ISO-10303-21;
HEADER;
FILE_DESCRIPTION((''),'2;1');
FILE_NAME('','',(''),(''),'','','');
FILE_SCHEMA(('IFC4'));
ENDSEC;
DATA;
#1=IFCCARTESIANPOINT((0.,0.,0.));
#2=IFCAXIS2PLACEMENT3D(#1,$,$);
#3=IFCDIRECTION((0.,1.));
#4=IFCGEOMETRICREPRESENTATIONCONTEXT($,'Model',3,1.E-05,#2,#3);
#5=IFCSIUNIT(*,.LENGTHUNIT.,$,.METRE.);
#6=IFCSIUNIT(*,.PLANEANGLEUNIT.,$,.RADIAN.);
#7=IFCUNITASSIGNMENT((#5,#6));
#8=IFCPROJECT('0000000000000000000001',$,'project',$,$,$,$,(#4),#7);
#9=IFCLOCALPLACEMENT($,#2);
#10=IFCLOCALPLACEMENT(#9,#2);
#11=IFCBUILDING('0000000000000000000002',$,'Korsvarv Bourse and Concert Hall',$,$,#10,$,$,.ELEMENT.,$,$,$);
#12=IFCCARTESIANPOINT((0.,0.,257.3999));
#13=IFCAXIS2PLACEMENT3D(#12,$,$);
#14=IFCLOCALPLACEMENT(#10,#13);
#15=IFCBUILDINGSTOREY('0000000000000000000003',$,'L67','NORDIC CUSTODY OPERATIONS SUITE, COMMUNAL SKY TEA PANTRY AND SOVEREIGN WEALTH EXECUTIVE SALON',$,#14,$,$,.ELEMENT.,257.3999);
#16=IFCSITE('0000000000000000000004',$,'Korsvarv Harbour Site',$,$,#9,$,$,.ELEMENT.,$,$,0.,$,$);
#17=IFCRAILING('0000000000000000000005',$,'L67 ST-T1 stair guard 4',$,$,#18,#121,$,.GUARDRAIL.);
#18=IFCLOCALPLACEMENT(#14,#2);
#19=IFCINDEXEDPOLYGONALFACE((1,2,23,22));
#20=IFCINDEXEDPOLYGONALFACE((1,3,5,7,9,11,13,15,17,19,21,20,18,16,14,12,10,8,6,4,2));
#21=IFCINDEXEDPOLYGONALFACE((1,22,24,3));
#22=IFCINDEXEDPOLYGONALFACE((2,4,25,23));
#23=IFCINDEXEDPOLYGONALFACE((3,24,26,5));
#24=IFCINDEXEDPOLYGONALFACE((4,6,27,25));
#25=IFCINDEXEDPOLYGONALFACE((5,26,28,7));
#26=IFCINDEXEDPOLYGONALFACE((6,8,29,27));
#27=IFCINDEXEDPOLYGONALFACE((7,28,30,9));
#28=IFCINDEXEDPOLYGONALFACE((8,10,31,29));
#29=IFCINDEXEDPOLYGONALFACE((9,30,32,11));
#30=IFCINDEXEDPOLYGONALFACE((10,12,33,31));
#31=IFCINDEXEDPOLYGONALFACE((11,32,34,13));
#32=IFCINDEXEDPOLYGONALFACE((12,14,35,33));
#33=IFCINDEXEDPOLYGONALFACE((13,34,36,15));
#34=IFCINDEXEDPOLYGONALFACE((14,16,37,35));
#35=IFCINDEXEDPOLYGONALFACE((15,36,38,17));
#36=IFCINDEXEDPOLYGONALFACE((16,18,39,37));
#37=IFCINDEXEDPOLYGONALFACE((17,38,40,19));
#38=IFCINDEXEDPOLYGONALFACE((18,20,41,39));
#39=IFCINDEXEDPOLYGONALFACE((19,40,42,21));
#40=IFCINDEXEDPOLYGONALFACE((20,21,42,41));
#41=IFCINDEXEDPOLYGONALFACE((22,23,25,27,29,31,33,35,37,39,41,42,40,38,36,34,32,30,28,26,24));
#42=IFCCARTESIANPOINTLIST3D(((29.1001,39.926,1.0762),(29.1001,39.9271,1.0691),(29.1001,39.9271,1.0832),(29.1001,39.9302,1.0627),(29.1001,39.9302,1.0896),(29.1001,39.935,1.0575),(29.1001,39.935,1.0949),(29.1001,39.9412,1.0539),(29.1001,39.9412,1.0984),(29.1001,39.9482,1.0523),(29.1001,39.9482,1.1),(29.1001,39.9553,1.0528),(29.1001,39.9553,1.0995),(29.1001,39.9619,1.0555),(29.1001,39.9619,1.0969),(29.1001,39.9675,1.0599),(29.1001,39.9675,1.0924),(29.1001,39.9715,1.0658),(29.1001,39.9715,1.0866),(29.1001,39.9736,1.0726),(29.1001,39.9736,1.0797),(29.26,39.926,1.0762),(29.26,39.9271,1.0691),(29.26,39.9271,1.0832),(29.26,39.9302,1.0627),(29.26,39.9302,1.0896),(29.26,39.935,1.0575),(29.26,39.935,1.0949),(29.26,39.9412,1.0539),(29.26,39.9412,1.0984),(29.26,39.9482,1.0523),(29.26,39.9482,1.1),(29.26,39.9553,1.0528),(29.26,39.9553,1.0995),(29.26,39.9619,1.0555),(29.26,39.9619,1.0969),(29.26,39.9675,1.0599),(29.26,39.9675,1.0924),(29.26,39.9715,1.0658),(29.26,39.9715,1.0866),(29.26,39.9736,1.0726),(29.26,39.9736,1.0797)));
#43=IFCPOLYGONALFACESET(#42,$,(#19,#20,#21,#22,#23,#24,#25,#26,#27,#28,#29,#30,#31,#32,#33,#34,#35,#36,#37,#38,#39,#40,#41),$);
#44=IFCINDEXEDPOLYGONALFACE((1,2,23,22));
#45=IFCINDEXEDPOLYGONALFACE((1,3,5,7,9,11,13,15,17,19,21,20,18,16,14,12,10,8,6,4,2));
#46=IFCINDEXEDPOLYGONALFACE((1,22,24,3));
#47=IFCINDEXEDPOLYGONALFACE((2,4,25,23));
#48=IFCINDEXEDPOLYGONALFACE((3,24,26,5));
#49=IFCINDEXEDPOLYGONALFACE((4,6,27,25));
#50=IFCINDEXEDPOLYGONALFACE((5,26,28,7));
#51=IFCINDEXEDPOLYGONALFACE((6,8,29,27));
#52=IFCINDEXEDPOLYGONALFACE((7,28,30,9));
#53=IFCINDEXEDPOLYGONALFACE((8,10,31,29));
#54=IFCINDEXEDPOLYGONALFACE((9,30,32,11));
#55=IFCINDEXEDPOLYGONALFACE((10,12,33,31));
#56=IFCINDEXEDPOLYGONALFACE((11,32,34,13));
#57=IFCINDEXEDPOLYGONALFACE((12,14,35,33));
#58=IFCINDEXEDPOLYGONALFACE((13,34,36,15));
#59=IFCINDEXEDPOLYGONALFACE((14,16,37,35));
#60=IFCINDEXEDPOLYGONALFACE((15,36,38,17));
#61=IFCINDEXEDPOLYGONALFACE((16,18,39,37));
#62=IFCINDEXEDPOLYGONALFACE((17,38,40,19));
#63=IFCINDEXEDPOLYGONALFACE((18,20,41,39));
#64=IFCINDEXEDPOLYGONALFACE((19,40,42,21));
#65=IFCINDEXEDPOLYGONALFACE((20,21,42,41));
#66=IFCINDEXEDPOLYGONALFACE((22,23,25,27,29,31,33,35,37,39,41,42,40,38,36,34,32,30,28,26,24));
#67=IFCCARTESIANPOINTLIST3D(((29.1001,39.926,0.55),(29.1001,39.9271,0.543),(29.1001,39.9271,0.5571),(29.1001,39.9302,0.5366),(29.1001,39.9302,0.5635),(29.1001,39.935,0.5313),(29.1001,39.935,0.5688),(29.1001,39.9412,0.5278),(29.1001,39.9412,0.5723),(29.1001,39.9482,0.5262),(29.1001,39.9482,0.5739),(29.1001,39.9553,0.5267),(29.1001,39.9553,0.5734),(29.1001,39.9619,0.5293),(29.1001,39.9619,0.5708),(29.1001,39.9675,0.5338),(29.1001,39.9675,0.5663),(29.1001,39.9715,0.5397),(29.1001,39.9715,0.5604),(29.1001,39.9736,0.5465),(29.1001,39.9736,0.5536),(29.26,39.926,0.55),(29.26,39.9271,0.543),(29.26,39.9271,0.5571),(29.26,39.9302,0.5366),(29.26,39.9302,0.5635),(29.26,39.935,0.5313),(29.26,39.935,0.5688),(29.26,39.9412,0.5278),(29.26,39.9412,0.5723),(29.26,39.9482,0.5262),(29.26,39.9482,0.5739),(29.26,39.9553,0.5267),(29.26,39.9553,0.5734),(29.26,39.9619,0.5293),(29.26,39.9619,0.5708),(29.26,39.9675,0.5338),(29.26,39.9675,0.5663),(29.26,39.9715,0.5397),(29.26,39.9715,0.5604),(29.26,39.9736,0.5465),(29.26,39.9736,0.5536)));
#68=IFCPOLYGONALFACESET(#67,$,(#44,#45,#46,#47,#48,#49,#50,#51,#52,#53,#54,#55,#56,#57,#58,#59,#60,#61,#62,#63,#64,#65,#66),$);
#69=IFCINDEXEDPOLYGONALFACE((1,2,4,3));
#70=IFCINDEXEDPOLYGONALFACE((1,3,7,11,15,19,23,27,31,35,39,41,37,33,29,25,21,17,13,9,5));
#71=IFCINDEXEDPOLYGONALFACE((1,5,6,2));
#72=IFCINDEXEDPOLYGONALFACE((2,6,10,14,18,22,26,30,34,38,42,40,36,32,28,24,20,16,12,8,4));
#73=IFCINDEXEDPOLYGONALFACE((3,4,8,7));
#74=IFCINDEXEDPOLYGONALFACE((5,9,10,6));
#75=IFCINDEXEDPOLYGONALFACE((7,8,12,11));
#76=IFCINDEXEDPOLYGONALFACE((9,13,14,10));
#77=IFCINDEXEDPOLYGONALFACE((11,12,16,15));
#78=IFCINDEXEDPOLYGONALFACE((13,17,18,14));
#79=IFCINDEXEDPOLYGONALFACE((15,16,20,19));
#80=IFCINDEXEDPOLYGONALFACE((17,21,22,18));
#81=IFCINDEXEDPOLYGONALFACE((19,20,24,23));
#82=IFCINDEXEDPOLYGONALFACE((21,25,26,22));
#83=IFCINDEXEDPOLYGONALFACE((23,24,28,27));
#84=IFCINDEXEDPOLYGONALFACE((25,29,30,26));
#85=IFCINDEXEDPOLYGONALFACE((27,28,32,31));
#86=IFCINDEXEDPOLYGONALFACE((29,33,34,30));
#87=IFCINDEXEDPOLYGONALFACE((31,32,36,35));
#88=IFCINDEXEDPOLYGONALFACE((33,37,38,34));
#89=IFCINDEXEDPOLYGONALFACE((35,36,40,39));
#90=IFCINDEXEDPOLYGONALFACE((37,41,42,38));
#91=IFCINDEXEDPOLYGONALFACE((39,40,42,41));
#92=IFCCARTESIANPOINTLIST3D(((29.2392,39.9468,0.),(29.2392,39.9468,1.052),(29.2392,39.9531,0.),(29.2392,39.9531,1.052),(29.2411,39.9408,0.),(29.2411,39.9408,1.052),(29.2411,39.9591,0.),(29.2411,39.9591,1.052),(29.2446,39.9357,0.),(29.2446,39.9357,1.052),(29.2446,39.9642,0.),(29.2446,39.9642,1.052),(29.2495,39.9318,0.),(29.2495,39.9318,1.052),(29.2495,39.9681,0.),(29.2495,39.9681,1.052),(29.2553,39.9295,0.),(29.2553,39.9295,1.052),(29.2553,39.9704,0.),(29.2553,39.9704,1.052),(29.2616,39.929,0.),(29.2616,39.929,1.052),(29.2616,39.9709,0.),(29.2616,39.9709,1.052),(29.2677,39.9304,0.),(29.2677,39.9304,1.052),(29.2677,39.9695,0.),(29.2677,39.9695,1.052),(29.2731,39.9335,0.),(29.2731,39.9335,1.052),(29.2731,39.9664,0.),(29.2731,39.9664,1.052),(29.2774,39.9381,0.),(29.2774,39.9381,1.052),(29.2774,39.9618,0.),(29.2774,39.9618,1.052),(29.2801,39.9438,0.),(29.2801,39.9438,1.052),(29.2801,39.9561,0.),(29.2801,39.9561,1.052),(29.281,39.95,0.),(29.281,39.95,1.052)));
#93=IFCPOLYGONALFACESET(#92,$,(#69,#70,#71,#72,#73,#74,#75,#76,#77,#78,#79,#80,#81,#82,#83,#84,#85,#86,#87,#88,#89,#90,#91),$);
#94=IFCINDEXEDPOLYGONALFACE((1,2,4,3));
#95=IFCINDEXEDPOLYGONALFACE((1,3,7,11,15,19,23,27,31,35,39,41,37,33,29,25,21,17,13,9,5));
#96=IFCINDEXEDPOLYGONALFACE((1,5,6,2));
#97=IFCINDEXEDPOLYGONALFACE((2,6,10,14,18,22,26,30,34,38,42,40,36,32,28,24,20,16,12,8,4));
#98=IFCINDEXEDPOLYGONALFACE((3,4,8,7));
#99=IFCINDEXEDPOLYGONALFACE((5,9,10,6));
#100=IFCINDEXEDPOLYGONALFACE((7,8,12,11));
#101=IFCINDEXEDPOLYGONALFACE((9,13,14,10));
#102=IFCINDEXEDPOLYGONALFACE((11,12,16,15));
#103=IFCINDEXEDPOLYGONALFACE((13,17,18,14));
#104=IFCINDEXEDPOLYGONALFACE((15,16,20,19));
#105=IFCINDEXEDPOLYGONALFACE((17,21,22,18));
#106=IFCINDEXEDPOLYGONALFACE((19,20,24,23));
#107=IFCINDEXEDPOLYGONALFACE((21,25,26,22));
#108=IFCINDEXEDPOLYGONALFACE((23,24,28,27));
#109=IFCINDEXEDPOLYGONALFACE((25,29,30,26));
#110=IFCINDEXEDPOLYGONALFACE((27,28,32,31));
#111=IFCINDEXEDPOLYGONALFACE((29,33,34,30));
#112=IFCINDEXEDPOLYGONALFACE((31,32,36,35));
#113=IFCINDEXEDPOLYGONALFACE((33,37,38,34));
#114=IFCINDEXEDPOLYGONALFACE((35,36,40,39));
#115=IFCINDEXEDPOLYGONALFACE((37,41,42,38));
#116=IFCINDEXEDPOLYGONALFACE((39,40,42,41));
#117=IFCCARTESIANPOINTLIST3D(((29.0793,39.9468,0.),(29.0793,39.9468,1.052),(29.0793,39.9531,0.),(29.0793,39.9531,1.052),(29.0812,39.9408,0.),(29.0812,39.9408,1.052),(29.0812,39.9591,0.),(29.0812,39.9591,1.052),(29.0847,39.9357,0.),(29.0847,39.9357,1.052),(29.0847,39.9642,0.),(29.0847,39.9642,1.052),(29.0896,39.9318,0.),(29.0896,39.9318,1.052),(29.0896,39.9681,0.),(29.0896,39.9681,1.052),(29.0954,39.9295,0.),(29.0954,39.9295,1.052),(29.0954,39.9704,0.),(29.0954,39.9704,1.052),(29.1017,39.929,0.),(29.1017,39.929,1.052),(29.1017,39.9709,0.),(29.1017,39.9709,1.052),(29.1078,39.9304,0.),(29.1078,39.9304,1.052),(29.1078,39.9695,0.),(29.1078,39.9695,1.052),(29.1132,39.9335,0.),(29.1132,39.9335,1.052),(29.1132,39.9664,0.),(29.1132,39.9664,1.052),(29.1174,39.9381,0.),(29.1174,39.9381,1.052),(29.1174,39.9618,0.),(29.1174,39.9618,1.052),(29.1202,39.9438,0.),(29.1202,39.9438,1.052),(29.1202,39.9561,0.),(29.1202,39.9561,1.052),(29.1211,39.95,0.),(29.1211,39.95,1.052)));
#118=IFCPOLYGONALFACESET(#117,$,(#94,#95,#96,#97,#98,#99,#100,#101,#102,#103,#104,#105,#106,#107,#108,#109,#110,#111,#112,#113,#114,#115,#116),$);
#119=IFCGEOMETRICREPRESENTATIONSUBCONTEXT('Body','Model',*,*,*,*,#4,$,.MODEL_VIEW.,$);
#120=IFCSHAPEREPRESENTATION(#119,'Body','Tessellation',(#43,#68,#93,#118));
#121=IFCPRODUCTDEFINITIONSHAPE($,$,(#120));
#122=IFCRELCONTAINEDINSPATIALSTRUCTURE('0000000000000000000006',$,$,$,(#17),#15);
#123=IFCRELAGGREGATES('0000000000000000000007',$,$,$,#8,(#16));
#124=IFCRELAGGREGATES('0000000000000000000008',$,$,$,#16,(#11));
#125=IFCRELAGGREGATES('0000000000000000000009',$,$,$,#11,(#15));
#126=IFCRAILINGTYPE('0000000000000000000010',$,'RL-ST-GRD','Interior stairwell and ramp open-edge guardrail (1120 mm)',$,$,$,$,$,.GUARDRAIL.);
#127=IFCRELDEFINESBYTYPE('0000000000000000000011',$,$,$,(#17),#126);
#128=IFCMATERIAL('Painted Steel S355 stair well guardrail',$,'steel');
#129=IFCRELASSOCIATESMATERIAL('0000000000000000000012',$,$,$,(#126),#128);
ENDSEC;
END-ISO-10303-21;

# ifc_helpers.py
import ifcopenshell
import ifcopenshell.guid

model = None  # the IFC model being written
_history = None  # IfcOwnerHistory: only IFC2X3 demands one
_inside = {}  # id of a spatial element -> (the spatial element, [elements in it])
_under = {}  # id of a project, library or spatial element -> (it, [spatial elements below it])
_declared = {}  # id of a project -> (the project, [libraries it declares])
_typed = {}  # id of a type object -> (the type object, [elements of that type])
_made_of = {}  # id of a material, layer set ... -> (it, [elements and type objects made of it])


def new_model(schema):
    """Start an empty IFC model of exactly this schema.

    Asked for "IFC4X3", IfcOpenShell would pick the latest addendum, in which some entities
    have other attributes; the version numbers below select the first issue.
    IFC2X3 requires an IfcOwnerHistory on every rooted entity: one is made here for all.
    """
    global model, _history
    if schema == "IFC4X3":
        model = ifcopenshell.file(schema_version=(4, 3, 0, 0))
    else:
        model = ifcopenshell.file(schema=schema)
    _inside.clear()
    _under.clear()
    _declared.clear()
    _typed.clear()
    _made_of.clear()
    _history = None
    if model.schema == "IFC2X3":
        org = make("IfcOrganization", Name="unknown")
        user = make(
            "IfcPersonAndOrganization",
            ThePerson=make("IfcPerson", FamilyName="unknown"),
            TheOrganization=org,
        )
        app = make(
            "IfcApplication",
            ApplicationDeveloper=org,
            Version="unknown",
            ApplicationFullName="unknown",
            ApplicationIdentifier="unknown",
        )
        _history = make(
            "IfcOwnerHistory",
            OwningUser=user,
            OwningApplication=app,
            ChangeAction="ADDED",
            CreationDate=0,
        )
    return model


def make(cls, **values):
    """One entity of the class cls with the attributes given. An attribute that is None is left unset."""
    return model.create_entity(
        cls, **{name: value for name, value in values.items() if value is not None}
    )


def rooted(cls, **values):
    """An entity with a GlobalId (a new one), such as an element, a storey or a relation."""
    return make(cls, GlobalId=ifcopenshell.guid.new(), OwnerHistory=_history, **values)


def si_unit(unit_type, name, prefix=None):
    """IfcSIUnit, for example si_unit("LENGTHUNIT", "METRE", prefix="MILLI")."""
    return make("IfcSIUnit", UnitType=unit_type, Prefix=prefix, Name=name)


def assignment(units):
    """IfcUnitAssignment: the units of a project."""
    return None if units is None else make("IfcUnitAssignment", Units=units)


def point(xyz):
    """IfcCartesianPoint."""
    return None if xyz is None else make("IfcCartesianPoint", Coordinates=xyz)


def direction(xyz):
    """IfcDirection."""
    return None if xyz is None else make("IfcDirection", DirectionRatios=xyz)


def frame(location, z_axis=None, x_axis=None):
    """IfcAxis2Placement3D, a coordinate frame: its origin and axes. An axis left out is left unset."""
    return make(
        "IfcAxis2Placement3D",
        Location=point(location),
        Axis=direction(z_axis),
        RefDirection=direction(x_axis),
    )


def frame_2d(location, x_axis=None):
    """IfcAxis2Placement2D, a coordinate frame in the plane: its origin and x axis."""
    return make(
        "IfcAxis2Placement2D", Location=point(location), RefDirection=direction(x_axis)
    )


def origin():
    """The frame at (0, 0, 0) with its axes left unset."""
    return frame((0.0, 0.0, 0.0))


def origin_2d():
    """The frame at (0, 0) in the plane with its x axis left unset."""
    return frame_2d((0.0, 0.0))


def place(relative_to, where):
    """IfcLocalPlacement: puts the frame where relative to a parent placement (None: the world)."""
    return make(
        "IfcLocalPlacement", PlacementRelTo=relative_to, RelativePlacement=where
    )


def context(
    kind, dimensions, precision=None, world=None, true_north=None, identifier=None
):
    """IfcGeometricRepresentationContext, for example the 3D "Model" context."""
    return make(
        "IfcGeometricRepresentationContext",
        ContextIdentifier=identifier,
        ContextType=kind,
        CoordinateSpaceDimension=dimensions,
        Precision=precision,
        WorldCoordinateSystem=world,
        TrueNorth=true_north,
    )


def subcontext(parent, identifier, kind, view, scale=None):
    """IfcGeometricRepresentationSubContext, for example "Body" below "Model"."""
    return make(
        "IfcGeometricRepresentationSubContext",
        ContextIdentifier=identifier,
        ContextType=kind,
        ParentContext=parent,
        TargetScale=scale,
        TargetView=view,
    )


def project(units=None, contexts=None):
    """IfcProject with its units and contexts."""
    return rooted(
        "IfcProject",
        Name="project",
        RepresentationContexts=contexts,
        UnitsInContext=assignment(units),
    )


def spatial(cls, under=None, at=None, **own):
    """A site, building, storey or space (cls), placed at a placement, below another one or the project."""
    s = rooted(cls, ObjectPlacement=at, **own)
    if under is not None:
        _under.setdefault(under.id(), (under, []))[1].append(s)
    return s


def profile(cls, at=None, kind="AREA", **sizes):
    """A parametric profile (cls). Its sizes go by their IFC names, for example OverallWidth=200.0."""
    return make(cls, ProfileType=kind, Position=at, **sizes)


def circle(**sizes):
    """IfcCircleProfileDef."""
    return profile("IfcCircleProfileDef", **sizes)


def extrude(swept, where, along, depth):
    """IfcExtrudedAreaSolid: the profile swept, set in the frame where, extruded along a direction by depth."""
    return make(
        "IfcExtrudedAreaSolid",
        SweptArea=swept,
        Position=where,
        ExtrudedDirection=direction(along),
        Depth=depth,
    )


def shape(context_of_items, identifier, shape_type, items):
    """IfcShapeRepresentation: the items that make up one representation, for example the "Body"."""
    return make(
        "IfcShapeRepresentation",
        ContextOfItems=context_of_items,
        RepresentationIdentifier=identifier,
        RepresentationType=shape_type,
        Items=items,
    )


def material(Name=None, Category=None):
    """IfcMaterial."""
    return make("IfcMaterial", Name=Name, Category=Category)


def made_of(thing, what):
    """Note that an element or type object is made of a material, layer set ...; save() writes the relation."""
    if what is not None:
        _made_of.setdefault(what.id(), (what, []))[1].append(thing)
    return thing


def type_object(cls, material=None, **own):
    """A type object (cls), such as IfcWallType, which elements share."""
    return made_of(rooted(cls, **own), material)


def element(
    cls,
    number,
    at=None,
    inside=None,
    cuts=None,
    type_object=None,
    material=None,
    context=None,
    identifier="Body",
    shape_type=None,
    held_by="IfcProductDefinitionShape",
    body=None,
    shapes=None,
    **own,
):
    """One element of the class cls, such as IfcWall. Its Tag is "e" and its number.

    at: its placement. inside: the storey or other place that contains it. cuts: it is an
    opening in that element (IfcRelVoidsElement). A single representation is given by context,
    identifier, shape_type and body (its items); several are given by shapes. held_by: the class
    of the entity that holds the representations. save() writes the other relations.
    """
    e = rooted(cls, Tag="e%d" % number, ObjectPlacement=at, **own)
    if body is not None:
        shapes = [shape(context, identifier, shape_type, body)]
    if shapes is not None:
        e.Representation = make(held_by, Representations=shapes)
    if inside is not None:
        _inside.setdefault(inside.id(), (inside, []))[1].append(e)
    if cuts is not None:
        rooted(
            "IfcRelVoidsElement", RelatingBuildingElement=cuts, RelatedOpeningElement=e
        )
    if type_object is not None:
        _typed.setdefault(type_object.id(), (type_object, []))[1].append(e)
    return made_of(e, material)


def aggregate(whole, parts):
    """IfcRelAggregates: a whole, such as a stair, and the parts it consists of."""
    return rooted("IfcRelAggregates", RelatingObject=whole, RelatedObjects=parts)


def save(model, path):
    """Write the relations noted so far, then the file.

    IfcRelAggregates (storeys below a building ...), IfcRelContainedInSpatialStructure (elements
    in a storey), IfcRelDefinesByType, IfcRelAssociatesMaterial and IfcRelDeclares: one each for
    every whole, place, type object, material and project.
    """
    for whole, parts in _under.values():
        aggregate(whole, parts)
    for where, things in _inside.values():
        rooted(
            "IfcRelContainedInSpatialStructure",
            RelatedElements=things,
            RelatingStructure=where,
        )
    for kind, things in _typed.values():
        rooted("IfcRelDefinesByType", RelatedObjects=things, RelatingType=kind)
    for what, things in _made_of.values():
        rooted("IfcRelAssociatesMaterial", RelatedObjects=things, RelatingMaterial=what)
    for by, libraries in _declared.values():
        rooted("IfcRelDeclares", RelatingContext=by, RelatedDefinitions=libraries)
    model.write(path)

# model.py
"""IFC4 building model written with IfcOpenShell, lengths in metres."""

from ifc_helpers import new_model, si_unit, direction, frame, origin, origin_2d, place, context, subcontext, project, spatial, circle, extrude, material, type_object, element, save


model = new_model("IFC4")

# Units and contexts
model_context = context("Model", 3, precision=1e-05, world=origin(), true_north=direction((0.0, 1.0)))
body_context = subcontext(model_context, "Body", "Model", "MODEL_VIEW")
ifc_project = project(units=[si_unit("LENGTHUNIT", "METRE"), si_unit("PLANEANGLEUNIT", "RADIAN")], contexts=[model_context])

# Site, building, storey
site_placement = place(None, origin())
site = spatial("IfcSite", under=ifc_project, at=site_placement, Name="Korsvarv Harbour Site", CompositionType="ELEMENT", RefElevation=0.0)
building_placement = place(site_placement, origin())
building = spatial("IfcBuilding", under=site, at=building_placement, Name="Korsvarv Bourse and Concert Hall", CompositionType="ELEMENT")
storey_placement = place(building_placement, frame((0.0, 0.0, 257.3999)))
storey = spatial("IfcBuildingStorey", under=building, at=storey_placement, Name="L67", Description="NORDIC CUSTODY OPERATIONS SUITE, COMMUNAL SKY TEA PANTRY AND SOVEREIGN WEALTH EXECUTIVE SALON", CompositionType="ELEMENT", Elevation=257.3999)

# Railing
ifc_material_1 = material(Name="Painted Steel S355 stair well guardrail", Category="steel")
railing_type_1 = type_object("IfcRailingType", Name="RL-ST-GRD", Description="Interior stairwell and ramp open-edge guardrail (1120 mm)", PredefinedType="GUARDRAIL", material=ifc_material_1)
railing_1_placement = place(storey_placement, frame((29.26, 39.95, 0.0)))
element("IfcRailing", 1, at=railing_1_placement, inside=storey, type_object=railing_type_1, Name="L67 ST-T1 stair guard 4", PredefinedType="GUARDRAIL", context=body_context, shape_type="SweptSolid", body=[
    extrude(circle(Radius=0.0239, at=origin_2d()), frame((0.0, 0.0, 1.0762), z_axis=(-1.0, 0.0, 0.0), x_axis=(0.0, -1.0, 0.0)), (0.0, 0.0, 1.0), 0.1599),
    extrude(circle(Radius=0.0239, at=origin_2d()), frame((0.0, 0.0, 0.55), z_axis=(-1.0, 0.0, 0.0), x_axis=(0.0, -1.0, 0.0)), (0.0, 0.0, 1.0), 0.1599),
    extrude(circle(Radius=0.021, at=origin_2d()), origin(), (0.0, 0.0, 1.0), 1.052),
    extrude(circle(Radius=0.021, at=origin_2d()), frame((-0.1599, 0.0, 0.0)), (0.0, 0.0, 1.0), 1.052),
])

save(model, "model.ifc")
